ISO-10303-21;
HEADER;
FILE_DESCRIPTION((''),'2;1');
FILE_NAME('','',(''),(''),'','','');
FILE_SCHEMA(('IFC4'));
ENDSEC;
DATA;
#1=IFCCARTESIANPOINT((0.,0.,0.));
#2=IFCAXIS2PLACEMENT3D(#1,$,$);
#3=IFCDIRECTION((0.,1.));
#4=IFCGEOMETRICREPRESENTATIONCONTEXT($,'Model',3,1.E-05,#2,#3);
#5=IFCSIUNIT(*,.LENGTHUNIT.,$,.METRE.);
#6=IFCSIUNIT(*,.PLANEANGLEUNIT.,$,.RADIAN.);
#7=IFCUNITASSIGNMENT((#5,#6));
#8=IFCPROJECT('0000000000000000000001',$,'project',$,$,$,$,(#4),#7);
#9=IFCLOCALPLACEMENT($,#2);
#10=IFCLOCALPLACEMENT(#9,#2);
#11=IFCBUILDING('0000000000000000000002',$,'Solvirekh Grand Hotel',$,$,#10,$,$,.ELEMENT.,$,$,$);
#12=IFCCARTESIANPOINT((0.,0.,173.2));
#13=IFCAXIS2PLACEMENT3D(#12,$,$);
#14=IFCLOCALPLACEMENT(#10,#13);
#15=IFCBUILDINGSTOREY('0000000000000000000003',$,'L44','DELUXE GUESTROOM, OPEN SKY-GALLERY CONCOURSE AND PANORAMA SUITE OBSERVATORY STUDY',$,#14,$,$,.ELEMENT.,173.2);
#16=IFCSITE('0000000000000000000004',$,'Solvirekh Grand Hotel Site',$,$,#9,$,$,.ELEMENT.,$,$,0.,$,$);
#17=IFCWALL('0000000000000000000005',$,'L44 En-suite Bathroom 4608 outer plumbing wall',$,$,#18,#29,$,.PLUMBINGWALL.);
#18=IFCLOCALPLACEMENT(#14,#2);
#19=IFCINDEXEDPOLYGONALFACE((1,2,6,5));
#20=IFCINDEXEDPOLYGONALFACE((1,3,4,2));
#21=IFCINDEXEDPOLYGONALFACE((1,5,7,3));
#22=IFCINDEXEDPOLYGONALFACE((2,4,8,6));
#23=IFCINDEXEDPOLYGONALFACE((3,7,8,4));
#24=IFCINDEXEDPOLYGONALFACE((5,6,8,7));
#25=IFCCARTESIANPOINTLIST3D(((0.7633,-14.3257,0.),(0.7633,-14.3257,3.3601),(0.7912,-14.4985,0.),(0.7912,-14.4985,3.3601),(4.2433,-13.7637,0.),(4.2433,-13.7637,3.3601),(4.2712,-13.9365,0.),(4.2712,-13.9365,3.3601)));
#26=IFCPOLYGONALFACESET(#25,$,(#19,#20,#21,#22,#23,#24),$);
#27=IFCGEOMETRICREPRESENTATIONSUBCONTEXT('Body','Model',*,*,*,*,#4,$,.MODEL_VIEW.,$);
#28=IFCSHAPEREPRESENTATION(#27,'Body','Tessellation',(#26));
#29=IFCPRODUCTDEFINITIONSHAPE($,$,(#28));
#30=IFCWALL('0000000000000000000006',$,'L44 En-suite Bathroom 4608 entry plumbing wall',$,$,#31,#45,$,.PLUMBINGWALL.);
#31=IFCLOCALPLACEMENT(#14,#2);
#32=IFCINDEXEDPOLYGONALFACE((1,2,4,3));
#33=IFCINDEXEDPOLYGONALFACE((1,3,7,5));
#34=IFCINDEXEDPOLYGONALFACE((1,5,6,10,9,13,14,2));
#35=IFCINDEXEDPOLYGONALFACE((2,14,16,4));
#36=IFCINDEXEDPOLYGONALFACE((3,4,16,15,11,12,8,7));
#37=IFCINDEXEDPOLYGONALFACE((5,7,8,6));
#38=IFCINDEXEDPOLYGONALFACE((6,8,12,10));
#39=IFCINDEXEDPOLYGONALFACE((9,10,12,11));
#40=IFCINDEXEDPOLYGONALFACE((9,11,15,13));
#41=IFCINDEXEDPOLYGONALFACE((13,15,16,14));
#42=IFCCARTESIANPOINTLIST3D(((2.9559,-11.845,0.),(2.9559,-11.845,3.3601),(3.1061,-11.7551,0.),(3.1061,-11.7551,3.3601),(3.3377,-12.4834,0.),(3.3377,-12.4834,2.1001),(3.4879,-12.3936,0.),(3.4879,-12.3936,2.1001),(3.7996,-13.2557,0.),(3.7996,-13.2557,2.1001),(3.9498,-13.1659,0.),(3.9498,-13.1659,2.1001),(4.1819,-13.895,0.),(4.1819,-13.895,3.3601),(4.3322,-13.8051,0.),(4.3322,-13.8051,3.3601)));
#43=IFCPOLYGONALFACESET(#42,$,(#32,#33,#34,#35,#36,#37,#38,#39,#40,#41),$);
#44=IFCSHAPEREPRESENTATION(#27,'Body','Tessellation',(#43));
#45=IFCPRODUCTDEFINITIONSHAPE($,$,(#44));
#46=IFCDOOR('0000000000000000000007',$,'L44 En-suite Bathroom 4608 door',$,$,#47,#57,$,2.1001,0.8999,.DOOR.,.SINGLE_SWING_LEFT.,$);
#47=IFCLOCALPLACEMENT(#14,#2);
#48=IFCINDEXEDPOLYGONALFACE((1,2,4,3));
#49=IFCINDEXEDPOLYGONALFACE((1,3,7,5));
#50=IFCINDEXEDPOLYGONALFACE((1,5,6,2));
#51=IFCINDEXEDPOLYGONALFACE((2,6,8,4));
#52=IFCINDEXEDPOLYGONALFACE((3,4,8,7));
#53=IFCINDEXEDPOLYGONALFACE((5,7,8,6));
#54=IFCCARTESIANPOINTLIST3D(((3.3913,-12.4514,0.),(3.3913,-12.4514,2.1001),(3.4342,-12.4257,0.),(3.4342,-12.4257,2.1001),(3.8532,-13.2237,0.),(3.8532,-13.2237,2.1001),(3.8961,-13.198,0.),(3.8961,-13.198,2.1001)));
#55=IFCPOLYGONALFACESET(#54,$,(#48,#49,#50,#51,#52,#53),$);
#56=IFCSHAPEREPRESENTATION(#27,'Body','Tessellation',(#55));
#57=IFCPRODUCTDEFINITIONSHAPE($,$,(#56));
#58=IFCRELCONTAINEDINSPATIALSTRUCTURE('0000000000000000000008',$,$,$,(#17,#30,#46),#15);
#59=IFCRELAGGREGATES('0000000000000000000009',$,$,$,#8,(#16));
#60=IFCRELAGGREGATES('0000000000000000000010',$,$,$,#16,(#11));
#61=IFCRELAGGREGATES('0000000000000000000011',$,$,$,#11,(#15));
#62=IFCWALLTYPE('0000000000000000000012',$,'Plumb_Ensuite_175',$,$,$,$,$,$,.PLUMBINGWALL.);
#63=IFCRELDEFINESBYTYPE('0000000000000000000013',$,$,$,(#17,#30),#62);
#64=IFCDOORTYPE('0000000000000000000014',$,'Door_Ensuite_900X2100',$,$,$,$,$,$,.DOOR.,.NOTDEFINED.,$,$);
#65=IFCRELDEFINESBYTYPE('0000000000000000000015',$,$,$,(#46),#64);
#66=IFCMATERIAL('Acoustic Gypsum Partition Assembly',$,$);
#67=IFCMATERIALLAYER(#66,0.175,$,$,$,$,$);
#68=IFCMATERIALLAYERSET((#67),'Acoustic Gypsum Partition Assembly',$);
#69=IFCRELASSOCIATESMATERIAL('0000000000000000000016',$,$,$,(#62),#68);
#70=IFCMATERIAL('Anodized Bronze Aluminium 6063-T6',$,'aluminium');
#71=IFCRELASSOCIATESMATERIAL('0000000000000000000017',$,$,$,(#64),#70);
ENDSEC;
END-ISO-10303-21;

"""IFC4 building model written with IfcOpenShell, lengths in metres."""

from ifc_helpers import new_model, si_unit, direction, frame, frame_2d, origin, place, context, subcontext, project, spatial, rectangle, extrude, material, layer, layer_set, type_object, element, fill, save


model = new_model("IFC4")

# Units and contexts
model_context = context("Model", 3, precision=1e-05, world=origin(), true_north=direction((0.0, 1.0)))
body_context = subcontext(model_context, "Body", "Model", "MODEL_VIEW")
ifc_project = project(units=[si_unit("LENGTHUNIT", "METRE"), si_unit("PLANEANGLEUNIT", "RADIAN")], contexts=[model_context])

# Site, building, storey
site_placement = place(None, origin())
site = spatial("IfcSite", under=ifc_project, at=site_placement, Name="Solvirekh Grand Hotel Site", CompositionType="ELEMENT", RefElevation=0.0)
building_placement = place(site_placement, origin())
building = spatial("IfcBuilding", under=site, at=building_placement, Name="Solvirekh Grand Hotel", CompositionType="ELEMENT")
storey_placement = place(building_placement, frame((0.0, 0.0, 173.2)))
storey = spatial("IfcBuildingStorey", under=building, at=storey_placement, Name="L44", Description="DELUXE GUESTROOM, OPEN SKY-GALLERY CONCOURSE AND PANORAMA SUITE OBSERVATORY STUDY", CompositionType="ELEMENT", Elevation=173.2)

# Shared definitions
ifc_material_1 = material(Name="Anodized Bronze Aluminium 6063-T6", Category="aluminium")

# Shared definitions
ifc_material_2 = material(Name="Acoustic Gypsum Partition Assembly")

# Wall
ifc_layer_1 = layer(ifc_material_2, 0.175)
ifc_layer_set_1 = layer_set([ifc_layer_1], Name="Acoustic Gypsum Partition Assembly")
wall_type_1 = type_object("IfcWallType", Name="Plumb_Ensuite_175", PredefinedType="PLUMBINGWALL", material=ifc_layer_set_1)
wall_1_placement = place(storey_placement, frame((0.7771, -14.4121, 0.0), z_axis=(0.0, 0.0, 1.0), x_axis=(0.987209, 0.159433, 0.0)))
element("IfcWall", 1, at=wall_1_placement, inside=storey, type_object=wall_type_1, Name="L44 En-suite Bathroom 4608 outer plumbing wall", PredefinedType="PLUMBINGWALL", context=body_context, shape_type="SweptSolid", body=[
    extrude(rectangle(XDim=3.5251, YDim=0.175, at=frame_2d((1.7627, 0.0))), origin(), (0.0, 0.0, 1.0), 3.3601),
])

# Wall, opening, door
wall_2_placement = place(storey_placement, frame((3.031, -11.8, 0.0), z_axis=(0.0, 0.0, 1.0), x_axis=(0.513278, -0.858223, 0.0)))
wall_2 = element("IfcWall", 2, at=wall_2_placement, inside=storey, type_object=wall_type_1, Name="L44 En-suite Bathroom 4608 entry plumbing wall", PredefinedType="PLUMBINGWALL", context=body_context, shape_type="SweptSolid", body=[
    extrude(rectangle(XDim=2.3887, YDim=0.175, at=frame_2d((1.1943, 0.0))), origin(), (0.0, 0.0, 1.0), 3.3601),
])
opening_1_placement = place(wall_2_placement, frame((0.7439, 0.0, 0.0)))
opening_1 = element("IfcOpeningElement", 3, at=opening_1_placement, cuts=wall_2, PredefinedType="OPENING", context=body_context, shape_type="SweptSolid", body=[
    extrude(rectangle(XDim=0.8999, YDim=2.1001, at=frame_2d((0.45, 1.05))), frame((0.0, 0.0977, 0.0), z_axis=(0.0, -1.0, 0.0), x_axis=(1.0, 0.0, 0.0)), (0.0, 0.0, 1.0), 0.1951),
])
door_type_1 = type_object("IfcDoorType", Name="Door_Ensuite_900X2100", OperationType="NOTDEFINED", PredefinedType="DOOR", material=ifc_material_1)
door_1_placement = place(opening_1_placement, origin())
door_1 = element("IfcDoor", 4, at=door_1_placement, inside=storey, type_object=door_type_1, Name="L44 En-suite Bathroom 4608 door", OperationType="SINGLE_SWING_LEFT", OverallHeight=2.1001, OverallWidth=0.8999, PredefinedType="DOOR", context=body_context, shape_type="SweptSolid", body=[
    extrude(rectangle(XDim=0.8999, YDim=2.1001, at=frame_2d((0.45, 1.05))), frame((0.0, 0.0249, 0.0), z_axis=(0.0, -1.0, 0.0), x_axis=(1.0, 0.0, 0.0)), (0.0, 0.0, 1.0), 0.05),
])
fill(opening_1, door_1)

save(model, "model.ifc")
